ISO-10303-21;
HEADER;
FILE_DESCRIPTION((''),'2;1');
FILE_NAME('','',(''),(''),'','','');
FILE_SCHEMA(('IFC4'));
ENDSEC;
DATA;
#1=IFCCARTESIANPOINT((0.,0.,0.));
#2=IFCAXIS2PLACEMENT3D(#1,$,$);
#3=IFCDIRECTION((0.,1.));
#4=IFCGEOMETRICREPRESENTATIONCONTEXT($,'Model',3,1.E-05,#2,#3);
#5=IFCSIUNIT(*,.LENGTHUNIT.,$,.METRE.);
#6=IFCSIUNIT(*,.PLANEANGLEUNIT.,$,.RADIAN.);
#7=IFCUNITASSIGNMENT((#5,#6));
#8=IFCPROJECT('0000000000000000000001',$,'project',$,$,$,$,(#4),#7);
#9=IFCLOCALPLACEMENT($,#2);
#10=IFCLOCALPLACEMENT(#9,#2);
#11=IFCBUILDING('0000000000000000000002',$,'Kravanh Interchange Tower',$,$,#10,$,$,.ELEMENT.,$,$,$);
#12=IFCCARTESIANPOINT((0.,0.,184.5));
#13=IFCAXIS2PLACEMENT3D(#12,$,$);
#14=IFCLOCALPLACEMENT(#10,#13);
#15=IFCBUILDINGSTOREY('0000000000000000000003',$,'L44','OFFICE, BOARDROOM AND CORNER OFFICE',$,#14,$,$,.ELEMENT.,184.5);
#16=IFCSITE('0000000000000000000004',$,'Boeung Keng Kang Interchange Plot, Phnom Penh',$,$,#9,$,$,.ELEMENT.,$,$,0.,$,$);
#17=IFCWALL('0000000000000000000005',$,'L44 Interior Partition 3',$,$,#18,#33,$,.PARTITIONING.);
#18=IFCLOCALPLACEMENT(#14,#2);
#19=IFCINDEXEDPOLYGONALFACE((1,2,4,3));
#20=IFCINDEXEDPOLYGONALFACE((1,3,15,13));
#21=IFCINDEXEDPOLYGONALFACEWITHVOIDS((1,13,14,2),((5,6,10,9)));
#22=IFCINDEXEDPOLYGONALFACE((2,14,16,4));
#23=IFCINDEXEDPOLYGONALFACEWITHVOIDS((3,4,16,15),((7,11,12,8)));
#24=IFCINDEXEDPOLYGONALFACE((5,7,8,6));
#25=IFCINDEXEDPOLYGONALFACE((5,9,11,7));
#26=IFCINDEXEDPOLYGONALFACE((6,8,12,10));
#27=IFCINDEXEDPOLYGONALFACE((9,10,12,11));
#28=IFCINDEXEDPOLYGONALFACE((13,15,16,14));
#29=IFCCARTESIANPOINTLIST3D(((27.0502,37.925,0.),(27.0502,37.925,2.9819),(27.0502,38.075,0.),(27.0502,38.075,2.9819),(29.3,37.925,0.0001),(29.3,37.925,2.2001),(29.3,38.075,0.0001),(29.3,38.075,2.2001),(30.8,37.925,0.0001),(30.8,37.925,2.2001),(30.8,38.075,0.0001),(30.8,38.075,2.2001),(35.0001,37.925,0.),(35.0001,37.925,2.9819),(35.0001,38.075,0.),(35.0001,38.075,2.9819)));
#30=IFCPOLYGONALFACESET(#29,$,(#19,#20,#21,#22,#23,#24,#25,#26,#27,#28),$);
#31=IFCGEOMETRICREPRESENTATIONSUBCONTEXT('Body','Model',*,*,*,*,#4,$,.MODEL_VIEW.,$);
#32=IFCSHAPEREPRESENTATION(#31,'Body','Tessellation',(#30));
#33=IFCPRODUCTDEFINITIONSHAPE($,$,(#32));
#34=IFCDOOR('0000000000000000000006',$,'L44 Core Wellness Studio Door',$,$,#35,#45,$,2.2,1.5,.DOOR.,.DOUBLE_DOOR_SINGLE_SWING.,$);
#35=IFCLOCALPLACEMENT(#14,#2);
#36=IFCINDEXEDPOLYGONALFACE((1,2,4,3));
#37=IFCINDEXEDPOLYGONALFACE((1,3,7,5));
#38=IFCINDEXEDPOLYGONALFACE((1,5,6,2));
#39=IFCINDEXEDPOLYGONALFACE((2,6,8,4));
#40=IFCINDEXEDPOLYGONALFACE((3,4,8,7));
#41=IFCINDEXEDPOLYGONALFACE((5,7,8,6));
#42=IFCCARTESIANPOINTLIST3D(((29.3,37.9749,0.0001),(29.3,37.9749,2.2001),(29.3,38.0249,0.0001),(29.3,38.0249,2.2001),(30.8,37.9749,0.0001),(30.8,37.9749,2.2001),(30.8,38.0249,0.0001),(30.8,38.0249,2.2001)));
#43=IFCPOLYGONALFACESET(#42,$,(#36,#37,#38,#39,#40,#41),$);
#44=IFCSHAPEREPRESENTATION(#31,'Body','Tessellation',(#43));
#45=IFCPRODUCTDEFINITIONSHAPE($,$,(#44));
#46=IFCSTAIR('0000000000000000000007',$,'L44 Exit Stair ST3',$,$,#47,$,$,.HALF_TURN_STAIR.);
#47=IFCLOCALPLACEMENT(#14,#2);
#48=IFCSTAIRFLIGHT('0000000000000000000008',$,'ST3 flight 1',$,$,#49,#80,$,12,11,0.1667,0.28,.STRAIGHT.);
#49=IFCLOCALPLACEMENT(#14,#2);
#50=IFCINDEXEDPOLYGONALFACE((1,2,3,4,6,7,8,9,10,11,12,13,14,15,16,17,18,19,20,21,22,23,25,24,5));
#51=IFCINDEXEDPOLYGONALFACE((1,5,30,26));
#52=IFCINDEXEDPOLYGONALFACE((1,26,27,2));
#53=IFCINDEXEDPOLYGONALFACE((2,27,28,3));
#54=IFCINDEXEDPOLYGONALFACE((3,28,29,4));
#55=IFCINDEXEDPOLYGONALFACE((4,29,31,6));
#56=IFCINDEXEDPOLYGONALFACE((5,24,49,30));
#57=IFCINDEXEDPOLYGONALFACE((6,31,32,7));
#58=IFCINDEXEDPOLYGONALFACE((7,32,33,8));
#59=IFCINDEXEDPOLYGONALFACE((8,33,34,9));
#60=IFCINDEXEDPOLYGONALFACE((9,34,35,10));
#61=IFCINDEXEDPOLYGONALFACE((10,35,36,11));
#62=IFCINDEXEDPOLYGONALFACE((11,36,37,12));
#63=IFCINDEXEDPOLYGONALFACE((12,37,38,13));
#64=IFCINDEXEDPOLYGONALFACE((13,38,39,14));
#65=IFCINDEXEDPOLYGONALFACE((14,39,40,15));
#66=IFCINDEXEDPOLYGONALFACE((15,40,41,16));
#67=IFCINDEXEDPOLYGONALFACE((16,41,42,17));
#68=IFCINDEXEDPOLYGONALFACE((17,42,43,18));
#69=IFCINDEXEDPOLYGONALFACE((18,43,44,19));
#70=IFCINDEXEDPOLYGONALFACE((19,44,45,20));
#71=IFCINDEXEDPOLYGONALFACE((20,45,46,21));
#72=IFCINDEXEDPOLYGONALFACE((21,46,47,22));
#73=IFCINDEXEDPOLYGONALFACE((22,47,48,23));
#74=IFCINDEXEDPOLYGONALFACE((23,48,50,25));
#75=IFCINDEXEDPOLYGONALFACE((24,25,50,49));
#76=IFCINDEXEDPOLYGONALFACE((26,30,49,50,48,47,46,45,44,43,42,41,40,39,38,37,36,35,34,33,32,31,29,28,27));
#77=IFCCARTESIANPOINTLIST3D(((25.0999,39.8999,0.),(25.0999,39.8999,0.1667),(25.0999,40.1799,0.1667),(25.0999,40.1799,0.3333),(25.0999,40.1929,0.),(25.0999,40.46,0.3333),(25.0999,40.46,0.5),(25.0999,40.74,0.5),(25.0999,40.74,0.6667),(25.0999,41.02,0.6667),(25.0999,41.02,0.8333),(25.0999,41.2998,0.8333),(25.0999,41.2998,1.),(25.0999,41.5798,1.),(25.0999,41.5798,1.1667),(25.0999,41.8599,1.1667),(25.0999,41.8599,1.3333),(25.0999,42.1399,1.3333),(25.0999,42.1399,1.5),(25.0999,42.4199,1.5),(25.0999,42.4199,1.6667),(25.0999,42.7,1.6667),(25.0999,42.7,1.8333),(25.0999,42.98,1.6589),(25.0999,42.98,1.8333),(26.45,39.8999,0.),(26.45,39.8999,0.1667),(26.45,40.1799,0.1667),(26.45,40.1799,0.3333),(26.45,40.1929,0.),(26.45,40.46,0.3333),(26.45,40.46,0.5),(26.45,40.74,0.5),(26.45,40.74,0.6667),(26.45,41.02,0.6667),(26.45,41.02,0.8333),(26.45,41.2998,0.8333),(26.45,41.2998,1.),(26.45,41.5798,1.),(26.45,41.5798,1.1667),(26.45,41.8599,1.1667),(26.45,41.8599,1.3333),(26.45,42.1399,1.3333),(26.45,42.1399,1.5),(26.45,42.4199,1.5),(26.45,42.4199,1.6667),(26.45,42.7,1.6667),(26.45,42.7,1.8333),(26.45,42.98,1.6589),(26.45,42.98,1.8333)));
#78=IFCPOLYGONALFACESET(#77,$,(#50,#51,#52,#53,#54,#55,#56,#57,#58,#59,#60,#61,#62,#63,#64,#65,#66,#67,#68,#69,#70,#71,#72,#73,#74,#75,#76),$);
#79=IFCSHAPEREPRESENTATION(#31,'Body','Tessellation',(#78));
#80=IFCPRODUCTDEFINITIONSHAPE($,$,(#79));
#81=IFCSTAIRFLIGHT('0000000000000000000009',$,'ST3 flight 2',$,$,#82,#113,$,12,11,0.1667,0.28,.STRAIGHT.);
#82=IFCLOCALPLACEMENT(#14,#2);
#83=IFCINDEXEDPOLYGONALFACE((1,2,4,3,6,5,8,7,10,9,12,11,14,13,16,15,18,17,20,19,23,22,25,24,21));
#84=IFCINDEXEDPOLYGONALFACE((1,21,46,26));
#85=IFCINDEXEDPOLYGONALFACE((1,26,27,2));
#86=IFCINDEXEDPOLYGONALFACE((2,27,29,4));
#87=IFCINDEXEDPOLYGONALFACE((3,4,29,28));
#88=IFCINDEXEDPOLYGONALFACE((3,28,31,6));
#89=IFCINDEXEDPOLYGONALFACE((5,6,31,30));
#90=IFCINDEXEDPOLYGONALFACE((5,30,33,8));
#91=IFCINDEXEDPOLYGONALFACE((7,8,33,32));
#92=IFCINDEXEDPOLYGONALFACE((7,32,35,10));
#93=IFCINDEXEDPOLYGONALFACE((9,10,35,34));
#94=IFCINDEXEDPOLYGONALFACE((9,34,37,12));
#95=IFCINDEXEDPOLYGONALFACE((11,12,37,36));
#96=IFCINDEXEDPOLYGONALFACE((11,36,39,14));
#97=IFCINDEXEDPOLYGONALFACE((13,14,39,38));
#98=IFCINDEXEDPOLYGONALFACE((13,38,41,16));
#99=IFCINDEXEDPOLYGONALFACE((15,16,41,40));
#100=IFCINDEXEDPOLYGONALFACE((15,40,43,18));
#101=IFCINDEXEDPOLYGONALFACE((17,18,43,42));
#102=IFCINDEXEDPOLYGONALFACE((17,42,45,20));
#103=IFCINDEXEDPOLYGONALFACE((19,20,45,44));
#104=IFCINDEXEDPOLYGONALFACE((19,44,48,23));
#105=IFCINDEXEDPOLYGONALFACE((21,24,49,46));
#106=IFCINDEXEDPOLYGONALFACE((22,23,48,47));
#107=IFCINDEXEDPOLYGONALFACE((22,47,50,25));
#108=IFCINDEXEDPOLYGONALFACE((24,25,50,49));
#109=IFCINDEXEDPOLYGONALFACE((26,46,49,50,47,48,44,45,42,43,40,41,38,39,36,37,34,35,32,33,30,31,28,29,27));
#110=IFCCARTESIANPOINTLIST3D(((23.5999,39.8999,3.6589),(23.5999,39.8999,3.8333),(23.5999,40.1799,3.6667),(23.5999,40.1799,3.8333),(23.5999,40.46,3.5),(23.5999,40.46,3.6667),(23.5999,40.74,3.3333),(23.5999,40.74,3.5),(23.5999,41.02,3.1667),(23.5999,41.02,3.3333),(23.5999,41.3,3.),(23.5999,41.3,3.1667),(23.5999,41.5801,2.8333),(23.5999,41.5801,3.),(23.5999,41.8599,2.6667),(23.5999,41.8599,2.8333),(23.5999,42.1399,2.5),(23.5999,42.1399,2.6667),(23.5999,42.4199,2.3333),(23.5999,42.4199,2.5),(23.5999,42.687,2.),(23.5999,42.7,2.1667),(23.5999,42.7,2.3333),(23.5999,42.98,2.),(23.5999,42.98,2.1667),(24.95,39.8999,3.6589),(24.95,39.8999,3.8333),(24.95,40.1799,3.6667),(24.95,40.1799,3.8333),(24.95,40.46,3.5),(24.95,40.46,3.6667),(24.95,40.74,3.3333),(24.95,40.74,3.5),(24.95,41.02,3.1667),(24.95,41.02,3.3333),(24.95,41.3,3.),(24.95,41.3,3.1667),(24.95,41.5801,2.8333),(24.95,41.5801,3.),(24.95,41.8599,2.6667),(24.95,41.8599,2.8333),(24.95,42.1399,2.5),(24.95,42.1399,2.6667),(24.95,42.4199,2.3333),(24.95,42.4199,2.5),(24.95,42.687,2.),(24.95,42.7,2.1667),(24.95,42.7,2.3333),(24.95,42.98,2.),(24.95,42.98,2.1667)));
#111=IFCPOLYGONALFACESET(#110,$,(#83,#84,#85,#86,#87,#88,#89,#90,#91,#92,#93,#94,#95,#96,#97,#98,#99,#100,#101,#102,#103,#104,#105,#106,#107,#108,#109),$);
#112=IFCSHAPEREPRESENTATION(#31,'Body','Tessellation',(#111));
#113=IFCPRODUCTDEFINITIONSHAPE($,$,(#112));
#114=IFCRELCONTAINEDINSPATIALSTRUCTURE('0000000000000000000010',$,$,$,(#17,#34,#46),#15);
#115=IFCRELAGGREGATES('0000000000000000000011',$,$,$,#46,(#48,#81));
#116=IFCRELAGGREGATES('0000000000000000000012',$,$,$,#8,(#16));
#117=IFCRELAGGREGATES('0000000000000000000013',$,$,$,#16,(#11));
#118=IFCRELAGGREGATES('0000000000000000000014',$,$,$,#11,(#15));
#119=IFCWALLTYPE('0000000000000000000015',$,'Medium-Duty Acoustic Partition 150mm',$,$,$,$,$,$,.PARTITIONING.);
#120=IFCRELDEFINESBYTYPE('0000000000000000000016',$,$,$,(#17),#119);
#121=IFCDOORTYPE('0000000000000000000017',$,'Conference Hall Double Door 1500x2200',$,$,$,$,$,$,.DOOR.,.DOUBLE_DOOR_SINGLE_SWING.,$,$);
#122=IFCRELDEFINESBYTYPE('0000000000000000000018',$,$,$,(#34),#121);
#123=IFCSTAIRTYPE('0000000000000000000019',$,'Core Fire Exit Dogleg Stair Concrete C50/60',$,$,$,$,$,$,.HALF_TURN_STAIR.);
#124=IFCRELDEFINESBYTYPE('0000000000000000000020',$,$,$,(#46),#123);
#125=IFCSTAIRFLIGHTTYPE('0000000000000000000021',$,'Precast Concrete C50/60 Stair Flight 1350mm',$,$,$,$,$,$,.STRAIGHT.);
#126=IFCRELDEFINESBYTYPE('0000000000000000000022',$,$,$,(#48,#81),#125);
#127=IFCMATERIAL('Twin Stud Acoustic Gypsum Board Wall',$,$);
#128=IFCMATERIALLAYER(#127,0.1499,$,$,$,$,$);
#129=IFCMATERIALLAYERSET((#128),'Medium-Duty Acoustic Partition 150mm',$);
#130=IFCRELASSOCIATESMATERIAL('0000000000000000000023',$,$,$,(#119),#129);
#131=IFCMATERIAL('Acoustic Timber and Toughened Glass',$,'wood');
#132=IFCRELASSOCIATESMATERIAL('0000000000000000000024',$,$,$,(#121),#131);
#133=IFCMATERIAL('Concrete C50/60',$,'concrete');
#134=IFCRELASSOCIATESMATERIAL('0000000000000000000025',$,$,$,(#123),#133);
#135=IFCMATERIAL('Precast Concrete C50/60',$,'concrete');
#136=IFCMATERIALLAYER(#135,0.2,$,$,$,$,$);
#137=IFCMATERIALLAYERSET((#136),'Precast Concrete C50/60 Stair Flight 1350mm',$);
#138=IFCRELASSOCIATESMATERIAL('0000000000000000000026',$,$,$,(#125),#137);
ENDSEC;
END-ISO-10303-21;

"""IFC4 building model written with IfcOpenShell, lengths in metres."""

from ifc_helpers import new_model, si_unit, direction, frame, frame_2d, origin, place, context, subcontext, project, spatial, polyline, rectangle, outline, extrude, material, layer, layer_set, type_object, element, fill, aggregate, save


model = new_model("IFC4")

# Units and contexts
model_context = context("Model", 3, precision=1e-05, world=origin(), true_north=direction((0.0, 1.0)))
body_context = subcontext(model_context, "Body", "Model", "MODEL_VIEW")
ifc_project = project(units=[si_unit("LENGTHUNIT", "METRE"), si_unit("PLANEANGLEUNIT", "RADIAN")], contexts=[model_context])

# Site, building, storey
site_placement = place(None, origin())
site = spatial("IfcSite", under=ifc_project, at=site_placement, Name="Boeung Keng Kang Interchange Plot, Phnom Penh", CompositionType="ELEMENT", RefElevation=0.0)
building_placement = place(site_placement, origin())
building = spatial("IfcBuilding", under=site, at=building_placement, Name="Kravanh Interchange Tower", CompositionType="ELEMENT")
storey_placement = place(building_placement, frame((0.0, 0.0, 184.5)))
storey = spatial("IfcBuildingStorey", under=building, at=storey_placement, Name="L44", Description="OFFICE, BOARDROOM AND CORNER OFFICE", CompositionType="ELEMENT", Elevation=184.5)

# Wall, opening, door
ifc_material_1 = material(Name="Twin Stud Acoustic Gypsum Board Wall")
ifc_layer_1 = layer(ifc_material_1, 0.1499)
ifc_layer_set_1 = layer_set([ifc_layer_1], Name="Medium-Duty Acoustic Partition 150mm")
wall_type_1 = type_object("IfcWallType", Name="Medium-Duty Acoustic Partition 150mm", PredefinedType="PARTITIONING", material=ifc_layer_set_1)
wall_1_placement = place(storey_placement, frame((27.05, 38.0, 0.0), z_axis=(0.0, 0.0, 1.0), x_axis=(1.0, 0.0, 0.0)))
wall_1 = element("IfcWall", 1, at=wall_1_placement, inside=storey, type_object=wall_type_1, Name="L44 Interior Partition 3", PredefinedType="PARTITIONING", context=body_context, shape_type="SweptSolid", body=[
    extrude(rectangle(XDim=7.95, YDim=0.1499, at=frame_2d((3.9751, 0.0))), origin(), (0.0, 0.0, 1.0), 2.9819),
])
opening_1_placement = place(wall_1_placement, frame((2.25, 0.0, 0.0)))
opening_1 = element("IfcOpeningElement", 2, at=opening_1_placement, cuts=wall_1, PredefinedType="OPENING", context=body_context, shape_type="SweptSolid", body=[
    extrude(rectangle(XDim=1.5, YDim=2.2, at=frame_2d((0.75, 1.1001))), frame((0.0, 0.085, 0.0), z_axis=(0.0, -1.0, 0.0), x_axis=(1.0, 0.0, 0.0)), (0.0, 0.0, 1.0), 0.1699),
])
ifc_material_2 = material(Name="Acoustic Timber and Toughened Glass", Category="wood")
door_type = type_object("IfcDoorType", Name="Conference Hall Double Door 1500x2200", OperationType="DOUBLE_DOOR_SINGLE_SWING", PredefinedType="DOOR", material=ifc_material_2)
door_placement = place(opening_1_placement, origin())
door = element("IfcDoor", 3, at=door_placement, inside=storey, type_object=door_type, Name="L44 Core Wellness Studio Door", OperationType="DOUBLE_DOOR_SINGLE_SWING", OverallHeight=2.2, OverallWidth=1.5, PredefinedType="DOOR", context=body_context, shape_type="SweptSolid", body=[
    extrude(rectangle(XDim=1.5, YDim=2.2, at=frame_2d((0.75, 1.1001))), frame((0.0, 0.0249, 0.0), z_axis=(0.0, -1.0, 0.0), x_axis=(1.0, 0.0, 0.0)), (0.0, 0.0, 1.0), 0.05),
])
fill(opening_1, door)

# Stair, stair flights
ifc_material_3 = material(Name="Concrete C50/60", Category="concrete")
stair_type = type_object("IfcStairType", Name="Core Fire Exit Dogleg Stair Concrete C50/60", PredefinedType="HALF_TURN_STAIR", material=ifc_material_3)
stair_placement = place(storey_placement, origin())
stair = element("IfcStair", 4, at=stair_placement, inside=storey, type_object=stair_type, Name="L44 Exit Stair ST3", PredefinedType="HALF_TURN_STAIR")
ifc_material_4 = material(Name="Precast Concrete C50/60", Category="concrete")
ifc_layer_2 = layer(ifc_material_4, 0.2)
ifc_layer_set_2 = layer_set([ifc_layer_2], Name="Precast Concrete C50/60 Stair Flight 1350mm")
stair_flight_type = type_object("IfcStairFlightType", Name="Precast Concrete C50/60 Stair Flight 1350mm", PredefinedType="STRAIGHT", material=ifc_layer_set_2)
stair_flight_1_placement = place(storey_placement, frame((25.7749, 39.8999, 0.0), z_axis=(0.0, 0.0, 1.0), x_axis=(0.0, 1.0, 0.0)))
stair_flight_1 = element("IfcStairFlight", 5, at=stair_flight_1_placement, type_object=stair_flight_type, Name="ST3 flight 1", NumberOfRisers=12, NumberOfTreads=11, PredefinedType="STRAIGHT", RiserHeight=0.1667, TreadLength=0.28, context=body_context, shape_type="SweptSolid", body=[
    extrude(outline(polyline([(0.0, 0.0), (0.0, 0.1667), (0.28, 0.1667), (0.28, 0.3333), (0.5601, 0.3333), (0.5601, 0.5), (0.8401, 0.5), (0.8401, 0.6667), (1.1201, 0.6667), (1.1201, 0.8333), (1.3999, 0.8333), (1.3999, 1.0), (1.6799, 1.0), (1.6799, 1.1667), (1.96, 1.1667), (1.96, 1.3333), (2.24, 1.3333), (2.24, 1.5), (2.52, 1.5), (2.52, 1.6667), (2.8, 1.6667), (2.8, 1.8333), (3.0801, 1.8333), (3.0801, 2.0), (3.0801, 1.6589), (0.293, 0.0), (0.0, 0.0)])), frame((0.0, 0.675, 0.0), z_axis=(0.0, -1.0, 0.0), x_axis=(1.0, 0.0, 0.0)), (0.0, 0.0, 1.0), 1.3501),
])
stair_flight_2_placement = place(storey_placement, frame((24.2749, 42.98, 2.0), z_axis=(0.0, 0.0, 1.0), x_axis=(0.0, -1.0, 0.0)))
stair_flight_2 = element("IfcStairFlight", 6, at=stair_flight_2_placement, type_object=stair_flight_type, Name="ST3 flight 2", NumberOfRisers=12, NumberOfTreads=11, PredefinedType="STRAIGHT", RiserHeight=0.1667, TreadLength=0.28, context=body_context, shape_type="SweptSolid", body=[
    extrude(outline(polyline([(0.0, 0.0), (0.0, 0.1667), (0.28, 0.1667), (0.28, 0.3333), (0.5601, 0.3333), (0.5601, 0.5), (0.8401, 0.5), (0.8401, 0.6667), (1.1201, 0.6667), (1.1201, 0.8333), (1.3999, 0.8333), (1.3999, 1.0), (1.6799, 1.0), (1.6799, 1.1667), (1.96, 1.1667), (1.96, 1.3333), (2.24, 1.3333), (2.24, 1.5), (2.52, 1.5), (2.52, 1.6667), (2.8, 1.6667), (2.8, 1.8333), (3.0801, 1.8333), (3.0801, 2.0), (3.0801, 1.6589), (0.293, 0.0), (0.0, 0.0)])), frame((0.0, 0.675, 0.0), z_axis=(0.0, -1.0, 0.0), x_axis=(1.0, 0.0, 0.0)), (0.0, 0.0, 1.0), 1.3501),
])
aggregate(stair, [stair_flight_1, stair_flight_2])

save(model, "model.ifc")
